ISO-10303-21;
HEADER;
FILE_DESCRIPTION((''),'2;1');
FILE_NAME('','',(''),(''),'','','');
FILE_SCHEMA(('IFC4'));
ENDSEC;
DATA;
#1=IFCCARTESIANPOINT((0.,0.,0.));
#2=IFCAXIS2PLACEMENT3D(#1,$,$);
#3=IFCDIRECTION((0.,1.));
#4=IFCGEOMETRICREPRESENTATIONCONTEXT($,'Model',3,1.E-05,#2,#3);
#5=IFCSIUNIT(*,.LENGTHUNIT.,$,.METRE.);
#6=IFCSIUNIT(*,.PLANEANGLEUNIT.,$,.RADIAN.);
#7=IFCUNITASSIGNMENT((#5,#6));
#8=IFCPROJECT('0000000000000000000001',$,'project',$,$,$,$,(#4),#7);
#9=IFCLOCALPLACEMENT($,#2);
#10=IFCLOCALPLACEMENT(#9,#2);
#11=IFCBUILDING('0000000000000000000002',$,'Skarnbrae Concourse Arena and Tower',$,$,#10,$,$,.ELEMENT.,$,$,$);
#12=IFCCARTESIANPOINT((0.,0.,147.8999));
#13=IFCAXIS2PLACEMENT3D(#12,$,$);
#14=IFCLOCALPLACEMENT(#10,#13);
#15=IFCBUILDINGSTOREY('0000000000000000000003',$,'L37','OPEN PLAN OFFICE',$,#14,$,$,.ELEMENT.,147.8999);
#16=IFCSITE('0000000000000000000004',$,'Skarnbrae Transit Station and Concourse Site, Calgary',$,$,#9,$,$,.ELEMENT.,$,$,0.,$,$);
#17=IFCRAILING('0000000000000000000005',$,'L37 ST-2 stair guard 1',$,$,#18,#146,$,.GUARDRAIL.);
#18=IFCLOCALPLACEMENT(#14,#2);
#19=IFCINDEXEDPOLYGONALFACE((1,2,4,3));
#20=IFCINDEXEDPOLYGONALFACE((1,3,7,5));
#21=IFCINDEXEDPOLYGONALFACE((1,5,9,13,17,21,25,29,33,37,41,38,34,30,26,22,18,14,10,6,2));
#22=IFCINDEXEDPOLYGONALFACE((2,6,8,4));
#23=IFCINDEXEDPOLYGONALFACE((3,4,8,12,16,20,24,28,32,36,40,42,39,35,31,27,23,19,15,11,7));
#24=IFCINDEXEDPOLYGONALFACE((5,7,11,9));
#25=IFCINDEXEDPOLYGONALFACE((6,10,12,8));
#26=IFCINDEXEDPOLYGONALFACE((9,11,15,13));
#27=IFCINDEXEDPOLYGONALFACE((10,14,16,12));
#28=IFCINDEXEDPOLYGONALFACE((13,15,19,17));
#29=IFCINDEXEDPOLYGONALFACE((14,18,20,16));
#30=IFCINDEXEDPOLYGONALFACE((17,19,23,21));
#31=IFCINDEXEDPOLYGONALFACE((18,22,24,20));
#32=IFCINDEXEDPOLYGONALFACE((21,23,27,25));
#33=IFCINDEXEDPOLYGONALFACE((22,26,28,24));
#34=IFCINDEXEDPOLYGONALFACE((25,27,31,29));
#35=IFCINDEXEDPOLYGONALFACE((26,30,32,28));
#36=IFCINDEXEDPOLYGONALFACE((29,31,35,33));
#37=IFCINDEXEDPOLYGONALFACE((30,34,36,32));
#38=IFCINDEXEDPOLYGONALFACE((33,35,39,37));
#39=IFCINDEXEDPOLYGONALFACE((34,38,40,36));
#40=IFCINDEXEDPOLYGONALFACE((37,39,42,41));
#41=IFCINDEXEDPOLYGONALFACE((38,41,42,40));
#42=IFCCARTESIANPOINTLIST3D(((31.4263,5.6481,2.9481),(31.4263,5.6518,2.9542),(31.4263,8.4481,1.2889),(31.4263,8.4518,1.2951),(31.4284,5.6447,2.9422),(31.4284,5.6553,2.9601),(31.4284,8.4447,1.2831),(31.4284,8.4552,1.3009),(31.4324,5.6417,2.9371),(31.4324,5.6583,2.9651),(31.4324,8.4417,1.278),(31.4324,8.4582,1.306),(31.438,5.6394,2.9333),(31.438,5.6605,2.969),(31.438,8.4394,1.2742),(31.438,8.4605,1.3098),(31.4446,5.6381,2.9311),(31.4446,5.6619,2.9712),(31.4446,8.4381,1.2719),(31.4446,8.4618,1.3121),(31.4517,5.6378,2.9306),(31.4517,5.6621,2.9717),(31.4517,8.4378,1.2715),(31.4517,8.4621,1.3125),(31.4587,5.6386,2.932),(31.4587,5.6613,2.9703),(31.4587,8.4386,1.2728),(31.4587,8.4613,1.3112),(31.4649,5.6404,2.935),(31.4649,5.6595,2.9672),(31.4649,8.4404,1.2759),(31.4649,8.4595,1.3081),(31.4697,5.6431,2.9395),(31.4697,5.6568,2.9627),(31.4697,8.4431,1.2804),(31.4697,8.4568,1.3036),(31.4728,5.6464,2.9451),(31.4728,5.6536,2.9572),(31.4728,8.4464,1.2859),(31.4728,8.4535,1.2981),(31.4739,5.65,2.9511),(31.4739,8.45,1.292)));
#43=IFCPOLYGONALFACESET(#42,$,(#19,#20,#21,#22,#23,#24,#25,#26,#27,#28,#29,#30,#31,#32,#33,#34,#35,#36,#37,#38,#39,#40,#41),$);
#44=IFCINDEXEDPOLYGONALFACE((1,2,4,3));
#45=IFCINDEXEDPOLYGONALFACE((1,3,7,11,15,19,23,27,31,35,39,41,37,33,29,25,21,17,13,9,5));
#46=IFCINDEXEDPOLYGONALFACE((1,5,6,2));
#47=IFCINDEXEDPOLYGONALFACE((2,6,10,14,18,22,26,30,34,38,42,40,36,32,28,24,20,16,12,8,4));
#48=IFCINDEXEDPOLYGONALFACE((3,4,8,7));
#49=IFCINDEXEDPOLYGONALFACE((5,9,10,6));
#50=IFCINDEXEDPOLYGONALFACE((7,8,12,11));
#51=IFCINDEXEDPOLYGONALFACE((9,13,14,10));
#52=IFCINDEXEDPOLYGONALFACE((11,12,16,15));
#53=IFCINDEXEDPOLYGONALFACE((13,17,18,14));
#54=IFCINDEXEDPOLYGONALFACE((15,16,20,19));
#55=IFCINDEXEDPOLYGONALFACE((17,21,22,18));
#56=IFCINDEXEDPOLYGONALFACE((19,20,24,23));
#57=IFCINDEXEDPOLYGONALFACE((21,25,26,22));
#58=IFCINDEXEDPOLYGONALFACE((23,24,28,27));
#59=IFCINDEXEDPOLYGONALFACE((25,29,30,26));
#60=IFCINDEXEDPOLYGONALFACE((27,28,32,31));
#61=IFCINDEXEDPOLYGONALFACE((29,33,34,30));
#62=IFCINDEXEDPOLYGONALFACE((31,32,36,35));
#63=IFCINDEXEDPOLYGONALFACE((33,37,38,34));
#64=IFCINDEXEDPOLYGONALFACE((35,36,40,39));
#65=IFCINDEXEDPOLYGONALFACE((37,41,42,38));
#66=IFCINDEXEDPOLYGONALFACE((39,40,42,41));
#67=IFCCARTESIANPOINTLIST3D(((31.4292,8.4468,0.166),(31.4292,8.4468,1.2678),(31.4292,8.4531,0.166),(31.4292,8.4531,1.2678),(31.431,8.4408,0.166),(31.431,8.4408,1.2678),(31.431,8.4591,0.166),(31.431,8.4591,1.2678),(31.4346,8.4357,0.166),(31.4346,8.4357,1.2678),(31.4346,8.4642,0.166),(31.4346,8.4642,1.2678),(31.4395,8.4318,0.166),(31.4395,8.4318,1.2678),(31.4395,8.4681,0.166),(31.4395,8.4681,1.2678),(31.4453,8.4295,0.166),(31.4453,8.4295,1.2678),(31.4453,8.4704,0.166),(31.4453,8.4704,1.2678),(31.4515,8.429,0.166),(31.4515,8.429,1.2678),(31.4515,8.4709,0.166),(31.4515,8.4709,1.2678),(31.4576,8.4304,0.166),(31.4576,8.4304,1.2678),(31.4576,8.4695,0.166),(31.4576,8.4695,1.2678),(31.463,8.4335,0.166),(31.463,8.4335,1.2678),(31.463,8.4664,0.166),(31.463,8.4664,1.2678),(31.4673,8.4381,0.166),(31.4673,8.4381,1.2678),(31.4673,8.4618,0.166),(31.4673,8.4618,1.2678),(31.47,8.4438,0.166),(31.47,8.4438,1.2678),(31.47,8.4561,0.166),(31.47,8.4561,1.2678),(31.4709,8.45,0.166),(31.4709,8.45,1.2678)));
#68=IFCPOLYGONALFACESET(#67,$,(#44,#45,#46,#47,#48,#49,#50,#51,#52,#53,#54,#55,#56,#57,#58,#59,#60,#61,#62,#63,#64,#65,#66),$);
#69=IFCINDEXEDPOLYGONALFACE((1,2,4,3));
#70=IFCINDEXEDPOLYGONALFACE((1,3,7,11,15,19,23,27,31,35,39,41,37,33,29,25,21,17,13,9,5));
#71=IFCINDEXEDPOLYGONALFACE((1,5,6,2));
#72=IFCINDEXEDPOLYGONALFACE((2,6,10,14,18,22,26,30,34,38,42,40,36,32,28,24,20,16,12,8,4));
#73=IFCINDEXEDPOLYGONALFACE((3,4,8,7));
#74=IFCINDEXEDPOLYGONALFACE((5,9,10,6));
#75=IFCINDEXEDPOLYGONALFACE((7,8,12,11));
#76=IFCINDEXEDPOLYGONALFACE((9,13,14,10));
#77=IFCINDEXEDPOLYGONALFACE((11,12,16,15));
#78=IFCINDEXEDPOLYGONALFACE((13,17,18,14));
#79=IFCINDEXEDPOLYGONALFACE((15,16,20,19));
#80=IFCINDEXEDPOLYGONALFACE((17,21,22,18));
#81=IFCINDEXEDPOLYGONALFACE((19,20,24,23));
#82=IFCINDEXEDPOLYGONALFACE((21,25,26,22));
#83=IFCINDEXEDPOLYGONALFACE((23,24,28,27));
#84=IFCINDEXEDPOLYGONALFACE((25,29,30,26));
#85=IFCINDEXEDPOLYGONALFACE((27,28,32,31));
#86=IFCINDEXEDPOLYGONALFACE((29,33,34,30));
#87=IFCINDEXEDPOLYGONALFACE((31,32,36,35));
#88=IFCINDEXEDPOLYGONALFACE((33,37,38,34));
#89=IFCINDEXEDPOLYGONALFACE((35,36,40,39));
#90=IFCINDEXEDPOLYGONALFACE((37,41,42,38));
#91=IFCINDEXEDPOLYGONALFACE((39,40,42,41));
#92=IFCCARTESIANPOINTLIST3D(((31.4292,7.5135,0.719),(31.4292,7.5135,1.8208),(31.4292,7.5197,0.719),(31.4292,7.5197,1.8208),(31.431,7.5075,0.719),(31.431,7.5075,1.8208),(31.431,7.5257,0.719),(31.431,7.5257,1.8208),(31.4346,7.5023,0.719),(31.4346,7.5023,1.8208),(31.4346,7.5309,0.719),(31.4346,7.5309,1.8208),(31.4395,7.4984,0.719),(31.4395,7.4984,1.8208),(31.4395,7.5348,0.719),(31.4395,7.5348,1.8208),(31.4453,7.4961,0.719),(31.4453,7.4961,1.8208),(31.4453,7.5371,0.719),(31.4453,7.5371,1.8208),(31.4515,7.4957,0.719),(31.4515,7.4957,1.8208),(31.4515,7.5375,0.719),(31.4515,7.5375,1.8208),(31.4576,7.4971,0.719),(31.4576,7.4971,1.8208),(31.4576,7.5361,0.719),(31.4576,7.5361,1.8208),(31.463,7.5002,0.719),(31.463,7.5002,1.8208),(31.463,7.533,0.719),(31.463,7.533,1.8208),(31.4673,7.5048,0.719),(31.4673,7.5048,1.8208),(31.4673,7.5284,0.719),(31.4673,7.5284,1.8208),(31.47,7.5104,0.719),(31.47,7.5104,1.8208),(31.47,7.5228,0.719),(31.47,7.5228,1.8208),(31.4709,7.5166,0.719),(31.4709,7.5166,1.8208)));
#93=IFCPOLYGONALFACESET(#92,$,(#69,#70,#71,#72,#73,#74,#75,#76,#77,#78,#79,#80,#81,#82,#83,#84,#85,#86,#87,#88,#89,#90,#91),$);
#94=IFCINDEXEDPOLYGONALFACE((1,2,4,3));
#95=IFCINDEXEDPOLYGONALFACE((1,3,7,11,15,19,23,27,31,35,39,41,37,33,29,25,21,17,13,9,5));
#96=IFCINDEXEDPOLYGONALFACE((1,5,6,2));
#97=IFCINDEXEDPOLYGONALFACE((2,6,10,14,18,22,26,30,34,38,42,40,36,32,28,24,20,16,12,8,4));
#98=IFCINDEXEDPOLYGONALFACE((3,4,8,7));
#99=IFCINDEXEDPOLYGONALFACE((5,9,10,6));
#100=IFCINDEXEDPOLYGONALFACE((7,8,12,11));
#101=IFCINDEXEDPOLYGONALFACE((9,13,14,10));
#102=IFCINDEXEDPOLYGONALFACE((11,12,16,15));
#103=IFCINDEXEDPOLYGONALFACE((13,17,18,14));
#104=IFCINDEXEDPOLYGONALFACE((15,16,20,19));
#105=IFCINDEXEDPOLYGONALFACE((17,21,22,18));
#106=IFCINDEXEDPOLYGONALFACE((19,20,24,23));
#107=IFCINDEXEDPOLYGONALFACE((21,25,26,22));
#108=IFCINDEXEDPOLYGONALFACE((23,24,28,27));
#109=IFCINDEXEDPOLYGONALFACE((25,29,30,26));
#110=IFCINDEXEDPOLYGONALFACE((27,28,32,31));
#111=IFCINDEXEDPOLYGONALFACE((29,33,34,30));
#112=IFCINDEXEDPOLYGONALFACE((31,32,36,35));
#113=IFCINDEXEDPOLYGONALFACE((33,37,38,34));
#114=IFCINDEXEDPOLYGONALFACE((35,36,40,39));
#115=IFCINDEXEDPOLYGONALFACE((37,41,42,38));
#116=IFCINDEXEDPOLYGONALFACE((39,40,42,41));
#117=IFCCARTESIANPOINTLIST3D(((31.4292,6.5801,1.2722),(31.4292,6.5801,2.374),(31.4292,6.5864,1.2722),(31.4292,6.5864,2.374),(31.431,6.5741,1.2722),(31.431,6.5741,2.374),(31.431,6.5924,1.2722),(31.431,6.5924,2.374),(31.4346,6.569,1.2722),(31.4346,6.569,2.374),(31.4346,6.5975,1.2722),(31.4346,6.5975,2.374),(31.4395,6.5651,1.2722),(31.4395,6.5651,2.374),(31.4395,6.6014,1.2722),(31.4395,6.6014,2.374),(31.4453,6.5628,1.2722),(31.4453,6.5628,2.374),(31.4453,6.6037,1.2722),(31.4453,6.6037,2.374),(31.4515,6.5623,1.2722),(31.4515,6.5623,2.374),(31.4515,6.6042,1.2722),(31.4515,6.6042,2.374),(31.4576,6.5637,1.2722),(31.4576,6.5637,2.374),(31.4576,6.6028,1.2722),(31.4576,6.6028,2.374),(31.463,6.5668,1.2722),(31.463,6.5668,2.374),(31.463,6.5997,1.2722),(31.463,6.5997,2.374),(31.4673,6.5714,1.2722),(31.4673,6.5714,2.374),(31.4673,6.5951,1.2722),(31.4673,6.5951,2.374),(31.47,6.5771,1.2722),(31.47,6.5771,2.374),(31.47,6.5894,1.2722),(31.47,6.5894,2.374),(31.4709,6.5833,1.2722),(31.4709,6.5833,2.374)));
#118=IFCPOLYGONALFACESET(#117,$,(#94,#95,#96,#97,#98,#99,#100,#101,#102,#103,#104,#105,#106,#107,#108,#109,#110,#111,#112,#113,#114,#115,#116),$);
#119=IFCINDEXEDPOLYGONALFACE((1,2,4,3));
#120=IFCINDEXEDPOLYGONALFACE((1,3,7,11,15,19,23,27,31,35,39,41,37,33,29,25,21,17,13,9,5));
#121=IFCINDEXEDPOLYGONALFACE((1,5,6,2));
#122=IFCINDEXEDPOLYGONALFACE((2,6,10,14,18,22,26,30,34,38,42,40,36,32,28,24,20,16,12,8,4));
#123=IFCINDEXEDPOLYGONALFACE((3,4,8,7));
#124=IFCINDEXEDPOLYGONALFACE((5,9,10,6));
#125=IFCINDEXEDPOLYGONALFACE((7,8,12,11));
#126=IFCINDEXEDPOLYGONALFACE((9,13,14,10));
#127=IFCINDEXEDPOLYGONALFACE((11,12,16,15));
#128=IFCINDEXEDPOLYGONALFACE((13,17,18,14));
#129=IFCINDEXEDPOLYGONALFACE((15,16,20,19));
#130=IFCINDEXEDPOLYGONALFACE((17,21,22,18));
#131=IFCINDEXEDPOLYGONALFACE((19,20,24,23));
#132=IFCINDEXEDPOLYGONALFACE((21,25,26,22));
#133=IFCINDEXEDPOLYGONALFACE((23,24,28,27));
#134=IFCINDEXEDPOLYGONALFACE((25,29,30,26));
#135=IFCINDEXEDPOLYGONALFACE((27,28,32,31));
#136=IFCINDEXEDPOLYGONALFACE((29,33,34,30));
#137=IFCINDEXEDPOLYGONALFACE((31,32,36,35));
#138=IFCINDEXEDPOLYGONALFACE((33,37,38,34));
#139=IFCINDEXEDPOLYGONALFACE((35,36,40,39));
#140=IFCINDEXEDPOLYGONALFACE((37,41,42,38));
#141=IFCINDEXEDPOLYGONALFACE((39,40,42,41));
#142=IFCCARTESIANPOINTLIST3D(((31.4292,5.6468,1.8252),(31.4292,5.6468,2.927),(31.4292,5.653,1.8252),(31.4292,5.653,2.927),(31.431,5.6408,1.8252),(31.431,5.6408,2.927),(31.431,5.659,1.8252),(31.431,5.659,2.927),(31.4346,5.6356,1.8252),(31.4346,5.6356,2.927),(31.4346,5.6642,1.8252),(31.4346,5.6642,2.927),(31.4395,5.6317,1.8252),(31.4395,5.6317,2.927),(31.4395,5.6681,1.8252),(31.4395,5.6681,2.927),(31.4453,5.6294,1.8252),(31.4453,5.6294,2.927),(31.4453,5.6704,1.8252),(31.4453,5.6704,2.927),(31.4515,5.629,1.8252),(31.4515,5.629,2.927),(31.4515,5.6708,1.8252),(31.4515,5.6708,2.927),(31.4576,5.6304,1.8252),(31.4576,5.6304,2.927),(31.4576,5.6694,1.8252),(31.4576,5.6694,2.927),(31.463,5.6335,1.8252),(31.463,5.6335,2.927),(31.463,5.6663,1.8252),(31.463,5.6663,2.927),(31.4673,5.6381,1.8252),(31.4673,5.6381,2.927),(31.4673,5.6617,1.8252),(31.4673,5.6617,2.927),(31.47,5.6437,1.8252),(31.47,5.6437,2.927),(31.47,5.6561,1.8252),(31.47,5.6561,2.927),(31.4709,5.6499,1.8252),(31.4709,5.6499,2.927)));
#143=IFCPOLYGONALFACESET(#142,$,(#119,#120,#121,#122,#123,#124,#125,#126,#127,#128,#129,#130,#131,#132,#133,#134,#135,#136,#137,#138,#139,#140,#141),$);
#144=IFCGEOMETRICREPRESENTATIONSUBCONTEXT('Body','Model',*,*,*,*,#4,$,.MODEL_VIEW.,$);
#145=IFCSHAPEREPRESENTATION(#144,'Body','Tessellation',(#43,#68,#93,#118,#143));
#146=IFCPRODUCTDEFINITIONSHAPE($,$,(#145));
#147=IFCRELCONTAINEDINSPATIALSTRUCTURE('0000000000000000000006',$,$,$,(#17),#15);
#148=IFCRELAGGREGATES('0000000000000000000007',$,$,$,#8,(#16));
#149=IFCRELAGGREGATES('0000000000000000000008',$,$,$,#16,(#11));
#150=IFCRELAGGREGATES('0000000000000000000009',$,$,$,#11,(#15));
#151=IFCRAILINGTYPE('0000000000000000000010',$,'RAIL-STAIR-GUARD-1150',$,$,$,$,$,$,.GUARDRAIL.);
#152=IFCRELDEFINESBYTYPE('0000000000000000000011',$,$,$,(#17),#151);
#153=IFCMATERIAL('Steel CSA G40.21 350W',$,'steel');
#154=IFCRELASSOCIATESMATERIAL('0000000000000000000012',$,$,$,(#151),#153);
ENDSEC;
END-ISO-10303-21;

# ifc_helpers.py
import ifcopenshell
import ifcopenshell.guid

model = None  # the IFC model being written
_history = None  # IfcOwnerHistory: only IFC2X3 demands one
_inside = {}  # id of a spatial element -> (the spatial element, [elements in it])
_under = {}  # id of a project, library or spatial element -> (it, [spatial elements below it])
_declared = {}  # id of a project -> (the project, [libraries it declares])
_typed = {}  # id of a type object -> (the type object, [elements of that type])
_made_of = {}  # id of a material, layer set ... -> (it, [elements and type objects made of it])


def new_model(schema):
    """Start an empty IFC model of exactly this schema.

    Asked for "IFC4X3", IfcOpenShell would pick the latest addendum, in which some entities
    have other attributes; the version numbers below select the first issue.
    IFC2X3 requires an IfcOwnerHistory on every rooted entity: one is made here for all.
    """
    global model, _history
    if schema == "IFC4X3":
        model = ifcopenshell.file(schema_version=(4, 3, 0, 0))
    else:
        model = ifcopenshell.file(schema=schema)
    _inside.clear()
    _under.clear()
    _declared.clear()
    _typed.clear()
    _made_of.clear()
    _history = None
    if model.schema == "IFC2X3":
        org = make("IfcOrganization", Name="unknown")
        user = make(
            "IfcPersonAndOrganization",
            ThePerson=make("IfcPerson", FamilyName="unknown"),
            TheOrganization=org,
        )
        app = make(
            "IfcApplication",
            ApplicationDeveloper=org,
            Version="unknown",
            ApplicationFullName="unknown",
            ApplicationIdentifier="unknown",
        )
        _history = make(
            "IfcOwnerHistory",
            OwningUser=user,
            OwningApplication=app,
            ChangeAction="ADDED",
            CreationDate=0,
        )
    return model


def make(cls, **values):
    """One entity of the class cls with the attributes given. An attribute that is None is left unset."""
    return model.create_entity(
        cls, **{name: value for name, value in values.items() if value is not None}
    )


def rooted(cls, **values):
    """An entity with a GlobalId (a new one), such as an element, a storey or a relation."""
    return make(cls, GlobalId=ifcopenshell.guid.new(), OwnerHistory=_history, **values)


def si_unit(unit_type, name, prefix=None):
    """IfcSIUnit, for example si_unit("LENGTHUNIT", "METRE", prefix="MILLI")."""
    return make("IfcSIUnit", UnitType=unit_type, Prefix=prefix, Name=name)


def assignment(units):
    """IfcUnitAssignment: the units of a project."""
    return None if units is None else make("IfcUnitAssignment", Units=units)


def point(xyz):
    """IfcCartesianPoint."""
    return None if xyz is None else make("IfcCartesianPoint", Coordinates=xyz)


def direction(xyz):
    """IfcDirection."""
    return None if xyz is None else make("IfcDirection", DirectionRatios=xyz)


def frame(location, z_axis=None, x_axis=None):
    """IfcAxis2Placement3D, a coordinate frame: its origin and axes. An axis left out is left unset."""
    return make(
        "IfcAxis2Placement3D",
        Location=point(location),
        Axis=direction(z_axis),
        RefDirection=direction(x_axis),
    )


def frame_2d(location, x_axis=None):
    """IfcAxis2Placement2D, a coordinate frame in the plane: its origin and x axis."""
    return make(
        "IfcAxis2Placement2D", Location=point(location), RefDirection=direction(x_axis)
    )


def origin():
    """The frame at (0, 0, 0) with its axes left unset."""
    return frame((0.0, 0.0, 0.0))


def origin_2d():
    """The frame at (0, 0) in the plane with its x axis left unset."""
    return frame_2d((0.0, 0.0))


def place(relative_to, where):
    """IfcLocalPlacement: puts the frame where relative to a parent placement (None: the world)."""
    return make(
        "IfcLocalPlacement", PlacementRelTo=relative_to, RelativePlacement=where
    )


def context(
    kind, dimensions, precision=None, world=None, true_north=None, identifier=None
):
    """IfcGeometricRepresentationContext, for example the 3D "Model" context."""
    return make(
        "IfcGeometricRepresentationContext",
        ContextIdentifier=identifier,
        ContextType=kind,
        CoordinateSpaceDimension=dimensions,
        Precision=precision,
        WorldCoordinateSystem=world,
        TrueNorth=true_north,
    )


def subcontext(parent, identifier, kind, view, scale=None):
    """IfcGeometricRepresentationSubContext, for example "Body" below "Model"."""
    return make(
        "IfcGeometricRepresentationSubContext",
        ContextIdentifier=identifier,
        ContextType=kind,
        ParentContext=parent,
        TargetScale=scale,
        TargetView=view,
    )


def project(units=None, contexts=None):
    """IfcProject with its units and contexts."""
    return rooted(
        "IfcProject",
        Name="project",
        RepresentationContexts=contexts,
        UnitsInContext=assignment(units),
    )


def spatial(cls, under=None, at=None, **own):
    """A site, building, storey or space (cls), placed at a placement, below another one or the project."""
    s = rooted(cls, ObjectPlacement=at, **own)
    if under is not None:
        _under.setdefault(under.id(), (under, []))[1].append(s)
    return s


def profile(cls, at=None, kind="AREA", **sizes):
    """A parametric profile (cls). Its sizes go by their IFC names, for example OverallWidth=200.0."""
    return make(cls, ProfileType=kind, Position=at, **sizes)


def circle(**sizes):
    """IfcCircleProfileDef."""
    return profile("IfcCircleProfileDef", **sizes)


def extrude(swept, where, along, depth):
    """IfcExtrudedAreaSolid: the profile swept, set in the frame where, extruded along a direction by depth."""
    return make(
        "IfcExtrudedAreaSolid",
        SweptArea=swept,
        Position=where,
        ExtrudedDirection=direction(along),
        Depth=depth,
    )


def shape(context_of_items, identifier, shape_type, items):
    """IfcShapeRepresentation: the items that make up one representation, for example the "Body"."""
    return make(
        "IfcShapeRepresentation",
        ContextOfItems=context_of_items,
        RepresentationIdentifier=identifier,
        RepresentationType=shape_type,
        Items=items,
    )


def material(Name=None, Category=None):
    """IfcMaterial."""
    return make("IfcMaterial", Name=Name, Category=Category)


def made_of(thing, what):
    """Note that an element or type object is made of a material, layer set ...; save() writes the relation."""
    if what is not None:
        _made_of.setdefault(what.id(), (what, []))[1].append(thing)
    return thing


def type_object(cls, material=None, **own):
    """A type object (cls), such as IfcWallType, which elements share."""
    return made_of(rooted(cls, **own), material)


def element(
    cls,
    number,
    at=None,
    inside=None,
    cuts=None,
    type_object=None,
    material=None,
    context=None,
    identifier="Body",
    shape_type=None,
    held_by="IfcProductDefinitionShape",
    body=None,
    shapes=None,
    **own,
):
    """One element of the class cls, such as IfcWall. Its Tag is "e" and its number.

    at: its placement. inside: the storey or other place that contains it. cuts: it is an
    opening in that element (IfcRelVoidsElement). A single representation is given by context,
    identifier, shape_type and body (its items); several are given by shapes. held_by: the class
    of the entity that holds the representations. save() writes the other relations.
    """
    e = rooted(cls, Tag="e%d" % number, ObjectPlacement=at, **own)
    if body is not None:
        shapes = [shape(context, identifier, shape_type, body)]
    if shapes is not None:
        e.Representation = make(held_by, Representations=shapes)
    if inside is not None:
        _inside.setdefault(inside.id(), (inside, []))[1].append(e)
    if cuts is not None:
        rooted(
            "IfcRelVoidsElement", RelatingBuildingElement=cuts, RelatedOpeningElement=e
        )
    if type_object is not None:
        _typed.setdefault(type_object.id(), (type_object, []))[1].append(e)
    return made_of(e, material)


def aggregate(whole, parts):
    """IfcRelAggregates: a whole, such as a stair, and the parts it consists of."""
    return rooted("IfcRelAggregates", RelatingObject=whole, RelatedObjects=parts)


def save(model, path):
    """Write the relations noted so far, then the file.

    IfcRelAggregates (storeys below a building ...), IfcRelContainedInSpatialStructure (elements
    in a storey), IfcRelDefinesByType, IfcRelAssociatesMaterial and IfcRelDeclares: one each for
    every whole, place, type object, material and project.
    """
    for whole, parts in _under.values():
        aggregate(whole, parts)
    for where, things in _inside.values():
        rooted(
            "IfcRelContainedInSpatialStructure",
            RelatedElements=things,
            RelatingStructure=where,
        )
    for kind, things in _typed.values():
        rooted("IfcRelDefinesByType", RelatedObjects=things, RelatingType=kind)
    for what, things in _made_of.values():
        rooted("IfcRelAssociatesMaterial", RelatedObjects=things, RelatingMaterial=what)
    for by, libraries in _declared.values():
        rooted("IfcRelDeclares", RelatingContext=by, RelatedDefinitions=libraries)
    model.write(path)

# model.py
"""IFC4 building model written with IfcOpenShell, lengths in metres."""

from ifc_helpers import new_model, si_unit, direction, frame, origin, origin_2d, place, context, subcontext, project, spatial, circle, extrude, material, type_object, element, save


model = new_model("IFC4")

# Units and contexts
model_context = context("Model", 3, precision=1e-05, world=origin(), true_north=direction((0.0, 1.0)))
body_context = subcontext(model_context, "Body", "Model", "MODEL_VIEW")
ifc_project = project(units=[si_unit("LENGTHUNIT", "METRE"), si_unit("PLANEANGLEUNIT", "RADIAN")], contexts=[model_context])

# Site, building, storey
site_placement = place(None, origin())
site = spatial("IfcSite", under=ifc_project, at=site_placement, Name="Skarnbrae Transit Station and Concourse Site, Calgary", CompositionType="ELEMENT", RefElevation=0.0)
building_placement = place(site_placement, origin())
building = spatial("IfcBuilding", under=site, at=building_placement, Name="Skarnbrae Concourse Arena and Tower", CompositionType="ELEMENT")
storey_placement = place(building_placement, frame((0.0, 0.0, 147.8999)))
storey = spatial("IfcBuildingStorey", under=building, at=storey_placement, Name="L37", Description="OPEN PLAN OFFICE", CompositionType="ELEMENT", Elevation=147.8999)

# Shared definitions
ifc_material_1 = material(Name="Steel CSA G40.21 350W", Category="steel")

# Railing
railing_type_1 = type_object("IfcRailingType", Name="RAIL-STAIR-GUARD-1150", PredefinedType="GUARDRAIL", material=ifc_material_1)
railing_1_placement = place(storey_placement, frame((31.45, 8.45, 0.166)))
element("IfcRailing", 1, at=railing_1_placement, inside=storey, type_object=railing_type_1, Name="L37 ST-2 stair guard 1", PredefinedType="GUARDRAIL", context=body_context, shape_type="SweptSolid", body=[
    extrude(circle(Radius=0.0239, at=origin_2d()), frame((0.0, 0.0, 1.126), z_axis=(0.0, -0.860306, 0.509778), x_axis=(1.0, 0.0, 0.0)), (0.0, 0.0, 1.0), 3.2546),
    extrude(circle(Radius=0.021, at=origin_2d()), origin(), (0.0, 0.0, 1.0), 1.1018),
    extrude(circle(Radius=0.021, at=origin_2d()), frame((0.0, -0.9333, 0.553)), (0.0, 0.0, 1.0), 1.1018),
    extrude(circle(Radius=0.021, at=origin_2d()), frame((0.0, -1.8667, 1.1062)), (0.0, 0.0, 1.0), 1.1018),
    extrude(circle(Radius=0.021, at=origin_2d()), frame((0.0, -2.8, 1.6592)), (0.0, 0.0, 1.0), 1.1018),
])

save(model, "model.ifc")
